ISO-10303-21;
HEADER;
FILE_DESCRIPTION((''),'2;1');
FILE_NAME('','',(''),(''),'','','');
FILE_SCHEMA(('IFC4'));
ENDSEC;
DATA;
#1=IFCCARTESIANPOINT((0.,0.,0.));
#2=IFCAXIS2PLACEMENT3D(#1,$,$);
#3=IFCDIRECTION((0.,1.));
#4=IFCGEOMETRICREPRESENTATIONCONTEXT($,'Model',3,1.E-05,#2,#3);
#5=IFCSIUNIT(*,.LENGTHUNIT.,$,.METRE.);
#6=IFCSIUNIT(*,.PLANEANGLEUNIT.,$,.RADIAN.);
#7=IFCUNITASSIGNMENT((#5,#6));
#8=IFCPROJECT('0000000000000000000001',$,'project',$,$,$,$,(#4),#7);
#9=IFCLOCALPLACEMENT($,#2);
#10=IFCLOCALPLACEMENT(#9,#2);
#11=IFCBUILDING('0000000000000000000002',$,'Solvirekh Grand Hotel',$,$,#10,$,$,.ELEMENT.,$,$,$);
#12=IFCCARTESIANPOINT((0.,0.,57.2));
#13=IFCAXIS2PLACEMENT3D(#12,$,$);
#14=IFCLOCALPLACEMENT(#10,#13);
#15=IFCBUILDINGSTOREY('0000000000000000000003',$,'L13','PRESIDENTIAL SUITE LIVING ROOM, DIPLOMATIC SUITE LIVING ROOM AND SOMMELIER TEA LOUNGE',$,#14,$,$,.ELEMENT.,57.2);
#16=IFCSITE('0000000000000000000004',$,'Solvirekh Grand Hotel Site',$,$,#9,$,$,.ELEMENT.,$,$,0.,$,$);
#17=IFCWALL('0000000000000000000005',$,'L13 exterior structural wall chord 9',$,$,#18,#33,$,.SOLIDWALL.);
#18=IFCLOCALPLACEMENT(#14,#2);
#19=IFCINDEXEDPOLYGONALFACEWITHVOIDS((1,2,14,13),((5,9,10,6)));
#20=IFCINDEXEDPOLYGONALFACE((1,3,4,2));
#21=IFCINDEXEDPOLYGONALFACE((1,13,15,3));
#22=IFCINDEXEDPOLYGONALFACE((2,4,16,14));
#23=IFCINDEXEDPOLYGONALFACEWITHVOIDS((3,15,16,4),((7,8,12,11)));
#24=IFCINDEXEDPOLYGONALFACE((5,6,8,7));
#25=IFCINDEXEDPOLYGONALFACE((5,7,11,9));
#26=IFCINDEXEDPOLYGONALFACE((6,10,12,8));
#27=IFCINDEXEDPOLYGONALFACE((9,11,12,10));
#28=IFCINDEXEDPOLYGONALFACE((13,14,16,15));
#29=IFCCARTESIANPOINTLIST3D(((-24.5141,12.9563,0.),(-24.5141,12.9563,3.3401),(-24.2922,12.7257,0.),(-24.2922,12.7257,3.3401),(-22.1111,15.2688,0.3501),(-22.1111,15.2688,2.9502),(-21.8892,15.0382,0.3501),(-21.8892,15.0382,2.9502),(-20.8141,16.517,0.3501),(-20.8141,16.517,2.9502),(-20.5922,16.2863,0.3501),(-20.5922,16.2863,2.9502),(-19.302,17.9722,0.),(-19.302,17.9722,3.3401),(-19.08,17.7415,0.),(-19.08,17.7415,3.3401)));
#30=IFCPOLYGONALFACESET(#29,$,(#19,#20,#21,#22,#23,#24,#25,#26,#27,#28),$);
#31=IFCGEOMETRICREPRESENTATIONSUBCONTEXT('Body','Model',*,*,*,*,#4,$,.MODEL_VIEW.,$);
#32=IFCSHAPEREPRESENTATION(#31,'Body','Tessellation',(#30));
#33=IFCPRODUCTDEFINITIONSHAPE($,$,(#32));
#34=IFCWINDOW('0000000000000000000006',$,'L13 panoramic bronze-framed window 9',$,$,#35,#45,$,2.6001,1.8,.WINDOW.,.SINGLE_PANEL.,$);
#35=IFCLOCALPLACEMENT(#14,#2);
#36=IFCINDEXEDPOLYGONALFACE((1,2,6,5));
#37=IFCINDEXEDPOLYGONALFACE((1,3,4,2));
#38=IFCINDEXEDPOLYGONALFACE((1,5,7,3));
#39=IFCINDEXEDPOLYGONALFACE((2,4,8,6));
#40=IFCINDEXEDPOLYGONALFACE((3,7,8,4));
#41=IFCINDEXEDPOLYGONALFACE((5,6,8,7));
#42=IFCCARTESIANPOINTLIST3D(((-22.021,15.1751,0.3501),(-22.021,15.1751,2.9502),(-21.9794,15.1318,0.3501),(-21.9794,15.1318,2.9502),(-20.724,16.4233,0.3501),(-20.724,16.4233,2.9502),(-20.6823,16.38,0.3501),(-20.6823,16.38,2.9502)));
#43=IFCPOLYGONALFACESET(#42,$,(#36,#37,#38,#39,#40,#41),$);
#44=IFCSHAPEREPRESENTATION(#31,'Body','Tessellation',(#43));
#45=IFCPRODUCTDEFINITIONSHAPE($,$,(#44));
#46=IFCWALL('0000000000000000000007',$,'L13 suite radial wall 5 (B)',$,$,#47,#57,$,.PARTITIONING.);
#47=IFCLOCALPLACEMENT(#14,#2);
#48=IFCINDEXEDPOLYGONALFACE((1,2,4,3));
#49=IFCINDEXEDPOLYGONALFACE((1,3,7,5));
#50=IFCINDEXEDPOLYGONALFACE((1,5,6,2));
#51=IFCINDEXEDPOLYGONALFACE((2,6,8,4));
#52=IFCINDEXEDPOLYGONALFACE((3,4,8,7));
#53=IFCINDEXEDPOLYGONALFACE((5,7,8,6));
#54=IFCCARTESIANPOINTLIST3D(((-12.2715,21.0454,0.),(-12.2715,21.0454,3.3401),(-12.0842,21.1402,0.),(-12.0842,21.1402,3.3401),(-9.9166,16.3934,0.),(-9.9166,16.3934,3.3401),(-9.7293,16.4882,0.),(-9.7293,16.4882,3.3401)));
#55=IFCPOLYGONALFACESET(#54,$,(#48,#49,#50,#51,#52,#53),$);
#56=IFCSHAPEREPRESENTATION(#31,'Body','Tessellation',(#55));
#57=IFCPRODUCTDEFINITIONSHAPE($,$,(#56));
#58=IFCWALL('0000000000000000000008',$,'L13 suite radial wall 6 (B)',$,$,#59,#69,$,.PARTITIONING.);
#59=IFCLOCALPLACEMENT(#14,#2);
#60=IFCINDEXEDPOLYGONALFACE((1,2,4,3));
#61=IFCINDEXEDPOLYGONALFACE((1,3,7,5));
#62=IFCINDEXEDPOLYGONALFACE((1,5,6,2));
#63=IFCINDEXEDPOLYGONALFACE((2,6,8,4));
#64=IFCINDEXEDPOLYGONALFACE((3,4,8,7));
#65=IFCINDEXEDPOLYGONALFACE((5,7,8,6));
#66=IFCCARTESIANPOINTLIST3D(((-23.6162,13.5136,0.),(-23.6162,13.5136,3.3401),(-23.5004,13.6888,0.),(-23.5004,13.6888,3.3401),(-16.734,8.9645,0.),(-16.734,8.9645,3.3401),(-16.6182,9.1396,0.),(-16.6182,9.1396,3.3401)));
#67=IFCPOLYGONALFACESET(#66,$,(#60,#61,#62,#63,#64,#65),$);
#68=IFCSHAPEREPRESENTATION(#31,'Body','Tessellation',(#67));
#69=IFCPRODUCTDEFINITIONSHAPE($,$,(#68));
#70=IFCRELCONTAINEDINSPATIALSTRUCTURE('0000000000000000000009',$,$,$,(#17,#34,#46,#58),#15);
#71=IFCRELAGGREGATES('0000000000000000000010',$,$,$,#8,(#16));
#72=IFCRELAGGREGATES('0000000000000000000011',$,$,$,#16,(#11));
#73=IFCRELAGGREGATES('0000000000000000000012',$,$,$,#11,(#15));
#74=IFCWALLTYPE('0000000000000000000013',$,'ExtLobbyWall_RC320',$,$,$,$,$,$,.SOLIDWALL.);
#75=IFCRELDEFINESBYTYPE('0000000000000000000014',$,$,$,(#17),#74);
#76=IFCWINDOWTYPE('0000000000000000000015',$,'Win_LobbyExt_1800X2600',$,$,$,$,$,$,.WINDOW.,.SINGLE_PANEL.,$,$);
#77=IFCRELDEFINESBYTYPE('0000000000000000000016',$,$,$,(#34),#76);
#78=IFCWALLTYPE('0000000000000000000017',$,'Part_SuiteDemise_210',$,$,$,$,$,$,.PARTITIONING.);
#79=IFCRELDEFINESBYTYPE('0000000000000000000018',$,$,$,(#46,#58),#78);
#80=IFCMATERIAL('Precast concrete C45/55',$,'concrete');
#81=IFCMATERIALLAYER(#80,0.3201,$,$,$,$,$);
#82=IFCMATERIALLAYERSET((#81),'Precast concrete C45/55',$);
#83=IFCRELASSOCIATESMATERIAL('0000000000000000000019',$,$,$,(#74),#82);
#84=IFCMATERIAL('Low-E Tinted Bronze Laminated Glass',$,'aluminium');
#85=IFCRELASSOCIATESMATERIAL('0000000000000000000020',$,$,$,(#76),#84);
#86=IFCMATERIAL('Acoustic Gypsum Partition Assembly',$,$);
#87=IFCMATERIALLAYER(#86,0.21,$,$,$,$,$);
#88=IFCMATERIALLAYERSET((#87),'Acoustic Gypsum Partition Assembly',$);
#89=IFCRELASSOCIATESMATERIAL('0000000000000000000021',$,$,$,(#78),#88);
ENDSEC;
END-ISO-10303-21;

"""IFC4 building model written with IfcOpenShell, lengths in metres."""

from ifc_helpers import new_model, si_unit, direction, frame, frame_2d, origin, place, context, subcontext, project, spatial, rectangle, extrude, material, layer, layer_set, type_object, element, fill, save


model = new_model("IFC4")

# Units and contexts
model_context = context("Model", 3, precision=1e-05, world=origin(), true_north=direction((0.0, 1.0)))
body_context = subcontext(model_context, "Body", "Model", "MODEL_VIEW")
ifc_project = project(units=[si_unit("LENGTHUNIT", "METRE"), si_unit("PLANEANGLEUNIT", "RADIAN")], contexts=[model_context])

# Site, building, storey
site_placement = place(None, origin())
site = spatial("IfcSite", under=ifc_project, at=site_placement, Name="Solvirekh Grand Hotel Site", CompositionType="ELEMENT", RefElevation=0.0)
building_placement = place(site_placement, origin())
building = spatial("IfcBuilding", under=site, at=building_placement, Name="Solvirekh Grand Hotel", CompositionType="ELEMENT")
storey_placement = place(building_placement, frame((0.0, 0.0, 57.2)))
storey = spatial("IfcBuildingStorey", under=building, at=storey_placement, Name="L13", Description="PRESIDENTIAL SUITE LIVING ROOM, DIPLOMATIC SUITE LIVING ROOM AND SOMMELIER TEA LOUNGE", CompositionType="ELEMENT", Elevation=57.2)

# Shared definitions
ifc_material_1 = material(Name="Low-E Tinted Bronze Laminated Glass", Category="aluminium")

# Wall, opening, window
ifc_material_2 = material(Name="Precast concrete C45/55", Category="concrete")
ifc_layer_1 = layer(ifc_material_2, 0.3201)
ifc_layer_set_1 = layer_set([ifc_layer_1], Name="Precast concrete C45/55")
wall_type_1 = type_object("IfcWallType", Name="ExtLobbyWall_RC320", PredefinedType="SOLIDWALL", material=ifc_layer_set_1)
window_type = type_object("IfcWindowType", Name="Win_LobbyExt_1800X2600", PartitioningType="SINGLE_PANEL", PredefinedType="WINDOW", material=ifc_material_1)
wall_1_placement = place(storey_placement, frame((-24.4031, 12.8411, 0.0), z_axis=(0.0, 0.0, 1.0), x_axis=(0.720544, 0.693409, 0.0)))
wall_1 = element("IfcWall", 1, at=wall_1_placement, inside=storey, type_object=wall_type_1, Name="L13 exterior structural wall chord 9", PredefinedType="SOLIDWALL", context=body_context, shape_type="SweptSolid", body=[
    extrude(rectangle(XDim=7.2336, YDim=0.3201, at=frame_2d((3.6167, 0.0))), origin(), (0.0, 0.0, 1.0), 3.3401),
])
opening_1_placement = place(wall_1_placement, frame((3.335, 0.0, 0.3501)))
opening_1 = element("IfcOpeningElement", 2, at=opening_1_placement, cuts=wall_1, PredefinedType="OPENING", context=body_context, shape_type="SweptSolid", body=[
    extrude(rectangle(XDim=1.8, YDim=2.6001, at=frame_2d((0.8999, 1.3))), frame((0.0, 0.1699, 0.0), z_axis=(0.0, -1.0, 0.0), x_axis=(1.0, 0.0, 0.0)), (0.0, 0.0, 1.0), 0.3401),
])
window_1_placement = place(opening_1_placement, origin())
window_1 = element("IfcWindow", 3, at=window_1_placement, inside=storey, type_object=window_type, Name="L13 panoramic bronze-framed window 9", OverallHeight=2.6001, OverallWidth=1.8, PartitioningType="SINGLE_PANEL", PredefinedType="WINDOW", context=body_context, shape_type="SweptSolid", body=[
    extrude(rectangle(XDim=1.8, YDim=2.6001, at=frame_2d((0.8999, 1.3))), frame((0.0, 0.03, 0.0), z_axis=(0.0, -1.0, 0.0), x_axis=(1.0, 0.0, 0.0)), (0.0, 0.0, 1.0), 0.0601),
])
fill(opening_1, window_1)

# Walls
ifc_material_3 = material(Name="Acoustic Gypsum Partition Assembly")
ifc_layer_2 = layer(ifc_material_3, 0.21)
ifc_layer_set_2 = layer_set([ifc_layer_2], Name="Acoustic Gypsum Partition Assembly")
wall_type_2 = type_object("IfcWallType", Name="Part_SuiteDemise_210", PredefinedType="PARTITIONING", material=ifc_layer_set_2)
wall_2_placement = place(storey_placement, frame((-9.823, 16.4409, 0.0), z_axis=(0.0, 0.0, 1.0), x_axis=(-0.451647, 0.892197, 0.0)))
element("IfcWall", 4, at=wall_2_placement, inside=storey, type_object=wall_type_2, Name="L13 suite radial wall 5 (B)", PredefinedType="PARTITIONING", context=body_context, shape_type="SweptSolid", body=[
    extrude(rectangle(XDim=5.2141, YDim=0.21, at=frame_2d((2.6069, 0.0))), origin(), (0.0, 0.0, 1.0), 3.3401),
])
wall_3_placement = place(storey_placement, frame((-16.676, 9.052, 0.0), z_axis=(0.0, 0.0, 1.0), x_axis=(-0.834225, 0.551425, 0.0)))
element("IfcWall", 5, at=wall_3_placement, inside=storey, type_object=wall_type_2, Name="L13 suite radial wall 6 (B)", PredefinedType="PARTITIONING", context=body_context, shape_type="SweptSolid", body=[
    extrude(rectangle(XDim=8.2498, YDim=0.21, at=frame_2d((4.125, 0.0))), origin(), (0.0, 0.0, 1.0), 3.3401),
])

save(model, "model.ifc")
